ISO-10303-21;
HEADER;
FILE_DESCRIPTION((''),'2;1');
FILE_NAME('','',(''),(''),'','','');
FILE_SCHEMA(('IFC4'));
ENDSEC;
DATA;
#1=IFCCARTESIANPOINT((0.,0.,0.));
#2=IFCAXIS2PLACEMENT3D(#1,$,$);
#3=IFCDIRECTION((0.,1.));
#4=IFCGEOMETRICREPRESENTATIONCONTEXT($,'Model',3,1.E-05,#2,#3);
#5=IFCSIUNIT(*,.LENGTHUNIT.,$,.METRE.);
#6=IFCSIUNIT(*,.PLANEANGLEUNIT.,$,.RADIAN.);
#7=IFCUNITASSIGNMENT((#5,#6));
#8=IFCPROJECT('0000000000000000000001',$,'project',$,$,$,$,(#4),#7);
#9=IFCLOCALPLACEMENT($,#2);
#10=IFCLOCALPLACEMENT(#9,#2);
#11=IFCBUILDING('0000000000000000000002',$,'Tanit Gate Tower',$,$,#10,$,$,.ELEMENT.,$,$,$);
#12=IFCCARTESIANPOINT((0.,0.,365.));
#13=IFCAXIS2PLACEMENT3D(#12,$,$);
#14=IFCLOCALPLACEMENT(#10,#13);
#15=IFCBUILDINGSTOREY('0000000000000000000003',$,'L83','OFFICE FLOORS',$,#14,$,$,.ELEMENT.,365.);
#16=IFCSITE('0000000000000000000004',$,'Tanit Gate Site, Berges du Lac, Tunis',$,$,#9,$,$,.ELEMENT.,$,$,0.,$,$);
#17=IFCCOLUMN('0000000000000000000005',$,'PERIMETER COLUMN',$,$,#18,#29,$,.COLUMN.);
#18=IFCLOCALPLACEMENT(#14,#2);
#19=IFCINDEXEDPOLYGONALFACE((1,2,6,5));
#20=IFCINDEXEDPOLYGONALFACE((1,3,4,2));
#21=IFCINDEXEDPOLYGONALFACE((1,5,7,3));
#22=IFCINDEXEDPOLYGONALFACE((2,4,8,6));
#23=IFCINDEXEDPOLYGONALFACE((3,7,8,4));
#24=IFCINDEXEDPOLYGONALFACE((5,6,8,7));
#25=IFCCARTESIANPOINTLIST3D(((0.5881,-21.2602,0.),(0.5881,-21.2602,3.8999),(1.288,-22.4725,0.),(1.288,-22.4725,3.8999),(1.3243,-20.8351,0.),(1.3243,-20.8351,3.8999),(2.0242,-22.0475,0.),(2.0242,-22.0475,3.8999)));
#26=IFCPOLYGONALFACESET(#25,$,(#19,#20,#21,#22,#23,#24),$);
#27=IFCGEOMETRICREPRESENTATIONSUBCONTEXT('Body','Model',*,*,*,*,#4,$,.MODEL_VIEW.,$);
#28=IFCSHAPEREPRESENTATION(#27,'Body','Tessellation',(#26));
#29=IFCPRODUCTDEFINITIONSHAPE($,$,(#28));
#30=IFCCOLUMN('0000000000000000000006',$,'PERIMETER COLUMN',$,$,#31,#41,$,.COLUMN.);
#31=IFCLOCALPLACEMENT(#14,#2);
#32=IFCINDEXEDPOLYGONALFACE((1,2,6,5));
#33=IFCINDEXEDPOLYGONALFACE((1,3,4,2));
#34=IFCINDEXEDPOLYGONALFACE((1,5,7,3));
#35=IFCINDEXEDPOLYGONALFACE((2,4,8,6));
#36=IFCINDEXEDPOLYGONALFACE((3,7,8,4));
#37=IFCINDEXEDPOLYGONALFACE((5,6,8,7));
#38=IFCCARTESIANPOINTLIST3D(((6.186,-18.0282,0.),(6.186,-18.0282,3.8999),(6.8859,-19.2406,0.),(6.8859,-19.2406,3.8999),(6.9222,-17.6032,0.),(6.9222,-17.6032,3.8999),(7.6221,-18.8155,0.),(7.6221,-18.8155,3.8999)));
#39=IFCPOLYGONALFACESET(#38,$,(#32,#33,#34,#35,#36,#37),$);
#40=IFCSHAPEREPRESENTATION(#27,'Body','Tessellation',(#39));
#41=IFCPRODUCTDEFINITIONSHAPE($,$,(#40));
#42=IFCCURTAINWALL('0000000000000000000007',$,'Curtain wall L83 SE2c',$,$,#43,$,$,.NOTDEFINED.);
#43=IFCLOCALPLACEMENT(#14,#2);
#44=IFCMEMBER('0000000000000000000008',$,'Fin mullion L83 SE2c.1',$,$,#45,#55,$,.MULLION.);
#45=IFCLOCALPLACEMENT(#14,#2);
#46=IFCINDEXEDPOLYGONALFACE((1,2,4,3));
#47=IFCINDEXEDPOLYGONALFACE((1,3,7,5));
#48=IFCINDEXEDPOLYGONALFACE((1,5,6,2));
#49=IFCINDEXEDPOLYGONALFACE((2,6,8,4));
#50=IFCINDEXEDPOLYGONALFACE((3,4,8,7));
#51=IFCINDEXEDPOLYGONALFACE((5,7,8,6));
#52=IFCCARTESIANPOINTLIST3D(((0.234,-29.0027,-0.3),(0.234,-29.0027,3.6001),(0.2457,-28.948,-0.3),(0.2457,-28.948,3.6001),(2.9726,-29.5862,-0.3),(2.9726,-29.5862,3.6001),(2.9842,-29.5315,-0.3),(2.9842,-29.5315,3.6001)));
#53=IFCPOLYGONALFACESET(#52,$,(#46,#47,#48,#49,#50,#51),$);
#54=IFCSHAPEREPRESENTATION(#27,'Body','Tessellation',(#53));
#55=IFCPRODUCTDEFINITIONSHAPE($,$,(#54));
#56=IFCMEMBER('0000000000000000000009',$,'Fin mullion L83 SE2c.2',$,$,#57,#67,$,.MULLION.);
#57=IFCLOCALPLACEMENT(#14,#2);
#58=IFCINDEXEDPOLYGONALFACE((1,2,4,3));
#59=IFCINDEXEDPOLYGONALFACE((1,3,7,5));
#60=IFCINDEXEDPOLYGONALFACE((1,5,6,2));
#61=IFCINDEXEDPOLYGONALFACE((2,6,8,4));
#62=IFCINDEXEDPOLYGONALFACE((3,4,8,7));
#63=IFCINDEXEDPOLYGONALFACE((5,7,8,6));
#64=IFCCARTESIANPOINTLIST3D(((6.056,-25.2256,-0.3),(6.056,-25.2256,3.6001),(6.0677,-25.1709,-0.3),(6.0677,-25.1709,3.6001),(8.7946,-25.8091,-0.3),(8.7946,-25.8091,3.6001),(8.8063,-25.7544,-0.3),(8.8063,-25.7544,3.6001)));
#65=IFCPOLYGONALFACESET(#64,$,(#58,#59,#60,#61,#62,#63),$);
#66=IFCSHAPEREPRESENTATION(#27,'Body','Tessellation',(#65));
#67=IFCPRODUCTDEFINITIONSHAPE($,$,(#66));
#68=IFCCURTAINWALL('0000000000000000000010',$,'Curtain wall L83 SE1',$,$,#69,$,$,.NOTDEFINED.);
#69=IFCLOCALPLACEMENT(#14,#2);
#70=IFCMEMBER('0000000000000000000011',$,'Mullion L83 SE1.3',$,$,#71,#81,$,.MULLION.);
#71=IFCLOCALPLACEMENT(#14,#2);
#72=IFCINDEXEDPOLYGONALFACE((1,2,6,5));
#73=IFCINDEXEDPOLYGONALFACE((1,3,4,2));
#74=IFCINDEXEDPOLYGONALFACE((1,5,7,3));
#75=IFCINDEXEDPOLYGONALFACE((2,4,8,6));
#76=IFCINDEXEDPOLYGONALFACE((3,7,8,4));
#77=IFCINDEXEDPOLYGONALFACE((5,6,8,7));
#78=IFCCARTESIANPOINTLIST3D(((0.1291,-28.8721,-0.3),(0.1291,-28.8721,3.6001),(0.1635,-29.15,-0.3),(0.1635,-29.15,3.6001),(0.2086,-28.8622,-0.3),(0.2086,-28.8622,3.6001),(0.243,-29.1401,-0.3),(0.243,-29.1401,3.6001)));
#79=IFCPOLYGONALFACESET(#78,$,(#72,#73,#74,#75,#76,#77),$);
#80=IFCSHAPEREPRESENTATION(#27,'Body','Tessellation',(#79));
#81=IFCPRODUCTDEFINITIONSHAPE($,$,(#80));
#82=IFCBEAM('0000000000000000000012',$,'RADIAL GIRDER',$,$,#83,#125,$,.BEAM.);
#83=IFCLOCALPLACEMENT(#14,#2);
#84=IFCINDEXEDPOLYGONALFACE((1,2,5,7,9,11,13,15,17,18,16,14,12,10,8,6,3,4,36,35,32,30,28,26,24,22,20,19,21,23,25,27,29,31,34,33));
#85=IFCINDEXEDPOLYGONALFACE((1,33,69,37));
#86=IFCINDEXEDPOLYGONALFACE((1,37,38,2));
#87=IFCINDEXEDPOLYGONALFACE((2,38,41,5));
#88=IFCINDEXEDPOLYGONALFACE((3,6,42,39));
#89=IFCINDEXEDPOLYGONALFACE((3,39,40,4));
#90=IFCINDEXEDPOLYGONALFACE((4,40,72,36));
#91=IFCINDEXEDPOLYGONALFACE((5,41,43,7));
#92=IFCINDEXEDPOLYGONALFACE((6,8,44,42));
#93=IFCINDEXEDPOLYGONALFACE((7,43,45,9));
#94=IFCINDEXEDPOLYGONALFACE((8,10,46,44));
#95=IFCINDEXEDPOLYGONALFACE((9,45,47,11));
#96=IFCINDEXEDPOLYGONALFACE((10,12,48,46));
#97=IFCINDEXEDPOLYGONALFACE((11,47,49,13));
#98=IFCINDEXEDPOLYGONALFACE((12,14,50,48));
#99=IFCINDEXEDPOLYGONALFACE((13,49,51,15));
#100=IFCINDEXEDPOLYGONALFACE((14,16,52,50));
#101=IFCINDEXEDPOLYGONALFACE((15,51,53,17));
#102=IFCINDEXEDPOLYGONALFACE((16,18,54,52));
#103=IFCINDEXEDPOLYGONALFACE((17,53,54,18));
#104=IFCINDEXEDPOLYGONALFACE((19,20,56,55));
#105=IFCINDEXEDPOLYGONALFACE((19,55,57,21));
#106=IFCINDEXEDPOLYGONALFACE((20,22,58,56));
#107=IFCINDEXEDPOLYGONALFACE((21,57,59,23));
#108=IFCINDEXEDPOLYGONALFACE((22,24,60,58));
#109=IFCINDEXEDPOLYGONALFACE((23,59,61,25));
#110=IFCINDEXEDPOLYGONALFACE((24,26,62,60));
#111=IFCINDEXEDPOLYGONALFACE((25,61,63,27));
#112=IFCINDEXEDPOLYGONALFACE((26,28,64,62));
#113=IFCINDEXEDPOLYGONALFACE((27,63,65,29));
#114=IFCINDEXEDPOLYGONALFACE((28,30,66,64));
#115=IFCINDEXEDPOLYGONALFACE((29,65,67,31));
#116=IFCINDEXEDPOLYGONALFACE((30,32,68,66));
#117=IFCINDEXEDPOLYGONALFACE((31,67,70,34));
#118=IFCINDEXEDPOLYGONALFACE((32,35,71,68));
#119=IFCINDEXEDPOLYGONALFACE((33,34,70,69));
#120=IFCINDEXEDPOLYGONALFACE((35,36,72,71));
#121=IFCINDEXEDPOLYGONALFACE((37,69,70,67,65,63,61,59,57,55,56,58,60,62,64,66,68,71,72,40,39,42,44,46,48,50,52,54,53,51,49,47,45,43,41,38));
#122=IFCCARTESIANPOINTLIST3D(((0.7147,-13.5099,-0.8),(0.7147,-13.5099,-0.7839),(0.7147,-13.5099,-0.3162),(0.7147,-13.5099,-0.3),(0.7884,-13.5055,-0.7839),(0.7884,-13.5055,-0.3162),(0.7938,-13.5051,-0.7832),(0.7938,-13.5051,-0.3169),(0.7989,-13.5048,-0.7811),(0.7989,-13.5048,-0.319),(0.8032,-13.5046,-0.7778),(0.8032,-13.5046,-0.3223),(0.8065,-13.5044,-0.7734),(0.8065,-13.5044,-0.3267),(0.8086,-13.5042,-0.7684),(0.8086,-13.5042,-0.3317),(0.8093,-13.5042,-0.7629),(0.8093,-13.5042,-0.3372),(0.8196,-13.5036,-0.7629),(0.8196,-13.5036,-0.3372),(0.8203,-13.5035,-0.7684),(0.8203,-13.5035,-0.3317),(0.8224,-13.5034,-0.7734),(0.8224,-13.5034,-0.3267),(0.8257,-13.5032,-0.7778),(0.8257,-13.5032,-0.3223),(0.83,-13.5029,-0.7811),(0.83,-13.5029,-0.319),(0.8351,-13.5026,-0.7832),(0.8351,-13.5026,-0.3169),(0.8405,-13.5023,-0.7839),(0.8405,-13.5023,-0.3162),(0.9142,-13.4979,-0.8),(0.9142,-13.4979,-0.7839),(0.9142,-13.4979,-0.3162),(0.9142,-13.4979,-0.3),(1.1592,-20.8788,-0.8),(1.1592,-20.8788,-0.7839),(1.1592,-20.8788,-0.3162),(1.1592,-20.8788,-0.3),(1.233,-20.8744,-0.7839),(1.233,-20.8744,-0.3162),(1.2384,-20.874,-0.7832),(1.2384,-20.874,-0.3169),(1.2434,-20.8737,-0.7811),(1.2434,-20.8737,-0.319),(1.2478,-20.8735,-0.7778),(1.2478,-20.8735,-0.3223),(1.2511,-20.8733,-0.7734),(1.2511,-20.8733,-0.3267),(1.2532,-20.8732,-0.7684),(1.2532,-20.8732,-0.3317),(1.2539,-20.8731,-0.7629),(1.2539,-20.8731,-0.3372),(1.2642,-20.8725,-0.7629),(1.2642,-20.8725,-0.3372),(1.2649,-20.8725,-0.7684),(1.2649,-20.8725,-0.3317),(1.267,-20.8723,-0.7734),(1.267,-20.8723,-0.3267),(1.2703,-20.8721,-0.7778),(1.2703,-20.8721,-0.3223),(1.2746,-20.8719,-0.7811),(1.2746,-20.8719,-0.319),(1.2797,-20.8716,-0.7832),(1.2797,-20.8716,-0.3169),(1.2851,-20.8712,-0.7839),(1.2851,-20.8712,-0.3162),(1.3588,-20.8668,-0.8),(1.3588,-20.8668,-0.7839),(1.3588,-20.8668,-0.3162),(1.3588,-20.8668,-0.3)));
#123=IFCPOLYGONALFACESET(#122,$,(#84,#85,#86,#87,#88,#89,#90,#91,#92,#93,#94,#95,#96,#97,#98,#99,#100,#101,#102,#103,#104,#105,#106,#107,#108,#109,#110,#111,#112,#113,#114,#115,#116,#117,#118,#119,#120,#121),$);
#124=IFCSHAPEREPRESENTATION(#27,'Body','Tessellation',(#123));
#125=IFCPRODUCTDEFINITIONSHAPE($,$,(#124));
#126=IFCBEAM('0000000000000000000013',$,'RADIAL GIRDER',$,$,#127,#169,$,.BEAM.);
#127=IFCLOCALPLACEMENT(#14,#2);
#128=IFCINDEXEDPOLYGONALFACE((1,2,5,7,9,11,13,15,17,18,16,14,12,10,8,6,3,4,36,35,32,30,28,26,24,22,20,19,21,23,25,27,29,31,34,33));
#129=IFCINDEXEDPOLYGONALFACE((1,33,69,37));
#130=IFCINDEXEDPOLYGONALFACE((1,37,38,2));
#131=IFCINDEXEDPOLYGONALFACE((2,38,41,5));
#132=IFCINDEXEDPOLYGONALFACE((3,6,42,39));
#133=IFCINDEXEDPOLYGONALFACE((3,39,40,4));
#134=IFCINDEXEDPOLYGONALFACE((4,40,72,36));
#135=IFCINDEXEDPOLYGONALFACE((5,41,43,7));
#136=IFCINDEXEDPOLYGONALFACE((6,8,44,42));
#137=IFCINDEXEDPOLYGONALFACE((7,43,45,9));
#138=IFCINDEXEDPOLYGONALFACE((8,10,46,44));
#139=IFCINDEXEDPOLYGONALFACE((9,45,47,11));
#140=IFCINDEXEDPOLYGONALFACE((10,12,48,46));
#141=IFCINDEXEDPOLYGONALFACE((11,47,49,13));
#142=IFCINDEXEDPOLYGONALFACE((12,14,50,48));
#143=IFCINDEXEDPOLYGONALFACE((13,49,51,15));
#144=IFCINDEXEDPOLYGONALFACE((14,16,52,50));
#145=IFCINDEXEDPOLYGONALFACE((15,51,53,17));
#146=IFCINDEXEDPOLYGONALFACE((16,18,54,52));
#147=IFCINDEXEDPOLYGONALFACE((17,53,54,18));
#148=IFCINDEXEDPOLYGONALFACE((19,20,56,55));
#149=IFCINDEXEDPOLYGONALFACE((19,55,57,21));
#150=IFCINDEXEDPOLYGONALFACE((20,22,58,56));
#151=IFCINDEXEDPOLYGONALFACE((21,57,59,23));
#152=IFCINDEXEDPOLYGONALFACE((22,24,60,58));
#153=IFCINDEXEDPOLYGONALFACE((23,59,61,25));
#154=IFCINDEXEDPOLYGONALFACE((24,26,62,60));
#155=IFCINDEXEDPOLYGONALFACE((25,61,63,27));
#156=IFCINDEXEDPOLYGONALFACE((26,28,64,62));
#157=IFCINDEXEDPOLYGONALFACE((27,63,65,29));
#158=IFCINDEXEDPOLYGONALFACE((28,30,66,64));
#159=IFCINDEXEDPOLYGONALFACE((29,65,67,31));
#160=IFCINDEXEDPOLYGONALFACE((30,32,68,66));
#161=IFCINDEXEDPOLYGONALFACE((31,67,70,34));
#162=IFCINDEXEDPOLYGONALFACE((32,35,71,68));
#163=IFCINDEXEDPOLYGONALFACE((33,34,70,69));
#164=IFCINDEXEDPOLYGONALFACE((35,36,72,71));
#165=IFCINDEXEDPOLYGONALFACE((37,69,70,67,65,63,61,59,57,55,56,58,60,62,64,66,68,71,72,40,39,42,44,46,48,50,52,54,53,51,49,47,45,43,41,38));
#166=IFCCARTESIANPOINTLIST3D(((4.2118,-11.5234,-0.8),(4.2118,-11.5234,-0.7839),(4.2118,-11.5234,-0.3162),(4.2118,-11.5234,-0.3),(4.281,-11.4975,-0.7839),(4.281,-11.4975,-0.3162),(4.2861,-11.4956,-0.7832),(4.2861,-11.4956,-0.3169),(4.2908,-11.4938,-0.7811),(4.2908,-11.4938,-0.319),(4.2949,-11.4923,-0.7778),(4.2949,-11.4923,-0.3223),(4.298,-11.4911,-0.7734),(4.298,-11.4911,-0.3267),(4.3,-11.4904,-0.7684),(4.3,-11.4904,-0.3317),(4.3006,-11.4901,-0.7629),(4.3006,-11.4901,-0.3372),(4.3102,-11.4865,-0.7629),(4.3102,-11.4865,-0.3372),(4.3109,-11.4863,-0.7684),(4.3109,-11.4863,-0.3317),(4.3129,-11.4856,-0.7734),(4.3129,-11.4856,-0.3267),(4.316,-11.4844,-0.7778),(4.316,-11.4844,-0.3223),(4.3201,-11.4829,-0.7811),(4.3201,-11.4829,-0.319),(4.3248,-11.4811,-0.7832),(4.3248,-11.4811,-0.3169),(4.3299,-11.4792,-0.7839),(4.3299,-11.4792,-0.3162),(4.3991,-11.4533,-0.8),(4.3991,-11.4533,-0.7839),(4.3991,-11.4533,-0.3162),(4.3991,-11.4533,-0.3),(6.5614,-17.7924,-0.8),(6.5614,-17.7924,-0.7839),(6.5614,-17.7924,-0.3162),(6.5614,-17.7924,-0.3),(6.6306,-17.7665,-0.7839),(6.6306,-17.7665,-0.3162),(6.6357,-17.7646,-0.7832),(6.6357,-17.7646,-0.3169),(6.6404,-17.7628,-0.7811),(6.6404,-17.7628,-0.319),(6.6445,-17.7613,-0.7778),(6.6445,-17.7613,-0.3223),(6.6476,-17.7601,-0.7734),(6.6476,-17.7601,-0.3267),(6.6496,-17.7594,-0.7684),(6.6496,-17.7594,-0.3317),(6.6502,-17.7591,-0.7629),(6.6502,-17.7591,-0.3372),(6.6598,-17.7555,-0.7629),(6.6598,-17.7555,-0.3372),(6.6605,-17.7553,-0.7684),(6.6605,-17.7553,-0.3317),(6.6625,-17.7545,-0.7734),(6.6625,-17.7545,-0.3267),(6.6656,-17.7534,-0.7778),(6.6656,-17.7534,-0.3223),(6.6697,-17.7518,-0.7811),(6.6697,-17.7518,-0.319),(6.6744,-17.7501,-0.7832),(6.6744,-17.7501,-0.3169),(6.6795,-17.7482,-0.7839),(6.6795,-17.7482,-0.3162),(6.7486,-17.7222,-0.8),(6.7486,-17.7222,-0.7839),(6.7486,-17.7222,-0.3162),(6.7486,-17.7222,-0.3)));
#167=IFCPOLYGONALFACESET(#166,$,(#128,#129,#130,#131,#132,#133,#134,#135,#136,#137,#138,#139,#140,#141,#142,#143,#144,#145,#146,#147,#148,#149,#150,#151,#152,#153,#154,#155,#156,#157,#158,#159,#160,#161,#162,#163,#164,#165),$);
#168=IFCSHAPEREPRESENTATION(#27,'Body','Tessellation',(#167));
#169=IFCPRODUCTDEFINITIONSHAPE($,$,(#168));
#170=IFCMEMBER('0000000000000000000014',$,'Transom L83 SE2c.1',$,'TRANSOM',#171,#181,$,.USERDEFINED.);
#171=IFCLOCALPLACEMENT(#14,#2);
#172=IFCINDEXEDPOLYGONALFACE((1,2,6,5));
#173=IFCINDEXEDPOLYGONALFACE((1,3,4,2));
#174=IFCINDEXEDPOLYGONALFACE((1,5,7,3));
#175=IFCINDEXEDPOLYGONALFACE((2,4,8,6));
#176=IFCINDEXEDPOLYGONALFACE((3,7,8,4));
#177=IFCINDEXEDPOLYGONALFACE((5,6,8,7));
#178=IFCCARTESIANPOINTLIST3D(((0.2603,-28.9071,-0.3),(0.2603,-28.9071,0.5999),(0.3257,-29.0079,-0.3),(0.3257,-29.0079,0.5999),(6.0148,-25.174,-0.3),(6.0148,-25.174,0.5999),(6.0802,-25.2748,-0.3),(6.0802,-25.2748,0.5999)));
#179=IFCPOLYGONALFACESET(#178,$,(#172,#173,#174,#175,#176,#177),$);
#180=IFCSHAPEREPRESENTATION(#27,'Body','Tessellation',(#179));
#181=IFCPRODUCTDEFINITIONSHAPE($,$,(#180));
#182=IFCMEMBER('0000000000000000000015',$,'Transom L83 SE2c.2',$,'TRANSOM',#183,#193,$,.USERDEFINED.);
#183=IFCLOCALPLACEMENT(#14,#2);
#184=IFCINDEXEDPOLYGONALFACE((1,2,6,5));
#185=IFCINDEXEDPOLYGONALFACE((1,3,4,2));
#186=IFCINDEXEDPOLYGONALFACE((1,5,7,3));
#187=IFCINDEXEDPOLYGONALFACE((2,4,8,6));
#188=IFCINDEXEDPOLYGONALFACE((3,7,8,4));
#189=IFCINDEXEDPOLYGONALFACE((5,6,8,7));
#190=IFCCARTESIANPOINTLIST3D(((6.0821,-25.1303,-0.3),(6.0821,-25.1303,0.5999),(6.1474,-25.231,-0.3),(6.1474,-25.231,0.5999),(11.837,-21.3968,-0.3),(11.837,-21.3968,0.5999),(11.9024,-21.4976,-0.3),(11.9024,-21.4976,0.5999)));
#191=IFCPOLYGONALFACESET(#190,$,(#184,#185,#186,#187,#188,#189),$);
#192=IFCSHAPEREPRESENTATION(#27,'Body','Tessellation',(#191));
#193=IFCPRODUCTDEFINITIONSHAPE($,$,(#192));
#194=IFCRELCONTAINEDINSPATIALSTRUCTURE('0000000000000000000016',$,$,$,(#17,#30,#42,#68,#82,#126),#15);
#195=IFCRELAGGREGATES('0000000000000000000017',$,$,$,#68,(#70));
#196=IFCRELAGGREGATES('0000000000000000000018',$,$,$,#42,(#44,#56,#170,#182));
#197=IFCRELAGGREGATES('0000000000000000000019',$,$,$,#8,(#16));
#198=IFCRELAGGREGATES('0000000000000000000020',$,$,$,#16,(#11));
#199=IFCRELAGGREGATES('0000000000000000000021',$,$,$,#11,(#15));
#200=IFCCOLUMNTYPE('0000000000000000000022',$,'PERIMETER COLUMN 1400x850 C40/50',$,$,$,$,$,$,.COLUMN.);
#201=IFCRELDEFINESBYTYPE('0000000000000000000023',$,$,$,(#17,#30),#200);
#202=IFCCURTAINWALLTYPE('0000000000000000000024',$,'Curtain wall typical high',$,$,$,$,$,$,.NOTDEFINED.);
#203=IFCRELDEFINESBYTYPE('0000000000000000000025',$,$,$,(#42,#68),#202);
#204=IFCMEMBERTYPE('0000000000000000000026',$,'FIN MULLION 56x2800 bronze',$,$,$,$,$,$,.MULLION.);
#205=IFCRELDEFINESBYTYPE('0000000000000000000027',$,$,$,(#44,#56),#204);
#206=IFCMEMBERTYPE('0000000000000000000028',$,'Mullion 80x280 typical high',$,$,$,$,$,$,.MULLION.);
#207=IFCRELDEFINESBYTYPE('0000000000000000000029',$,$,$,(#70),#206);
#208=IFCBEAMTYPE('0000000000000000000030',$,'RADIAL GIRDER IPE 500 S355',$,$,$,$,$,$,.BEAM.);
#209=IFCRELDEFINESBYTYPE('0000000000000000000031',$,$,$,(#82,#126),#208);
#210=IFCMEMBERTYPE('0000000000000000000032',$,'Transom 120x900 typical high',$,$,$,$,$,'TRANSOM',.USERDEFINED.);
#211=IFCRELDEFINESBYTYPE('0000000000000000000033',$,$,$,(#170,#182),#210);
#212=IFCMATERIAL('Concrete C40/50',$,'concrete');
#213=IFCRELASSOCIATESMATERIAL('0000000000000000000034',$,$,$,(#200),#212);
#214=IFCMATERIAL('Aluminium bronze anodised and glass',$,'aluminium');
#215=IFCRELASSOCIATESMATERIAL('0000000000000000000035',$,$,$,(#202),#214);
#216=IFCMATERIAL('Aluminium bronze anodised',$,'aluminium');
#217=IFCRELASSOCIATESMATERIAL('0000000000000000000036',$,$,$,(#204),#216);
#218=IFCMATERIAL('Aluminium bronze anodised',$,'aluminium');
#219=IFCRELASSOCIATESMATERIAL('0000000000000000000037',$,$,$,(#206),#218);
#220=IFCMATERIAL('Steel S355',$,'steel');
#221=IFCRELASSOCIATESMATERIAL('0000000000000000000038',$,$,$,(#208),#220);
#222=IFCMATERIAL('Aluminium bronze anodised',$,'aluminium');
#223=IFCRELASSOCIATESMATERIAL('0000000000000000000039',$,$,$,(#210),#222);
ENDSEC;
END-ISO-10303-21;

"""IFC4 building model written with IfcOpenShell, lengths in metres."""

from ifc_helpers import new_model, si_unit, direction, frame, origin, origin_2d, place, context, subcontext, project, spatial, rectangle, i_section, extrude, material, material_profile, profile_set, type_object, element, aggregate, save


model = new_model("IFC4")

# Units and contexts
model_context = context("Model", 3, precision=1e-05, world=origin(), true_north=direction((0.0, 1.0)))
body_context = subcontext(model_context, "Body", "Model", "MODEL_VIEW")
ifc_project = project(units=[si_unit("LENGTHUNIT", "METRE"), si_unit("PLANEANGLEUNIT", "RADIAN")], contexts=[model_context])

# Site, building, storey
site_placement = place(None, origin())
site = spatial("IfcSite", under=ifc_project, at=site_placement, Name="Tanit Gate Site, Berges du Lac, Tunis", CompositionType="ELEMENT", RefElevation=0.0)
building_placement = place(site_placement, origin())
building = spatial("IfcBuilding", under=site, at=building_placement, Name="Tanit Gate Tower", CompositionType="ELEMENT")
storey_placement = place(building_placement, frame((0.0, 0.0, 365.0)))
storey = spatial("IfcBuildingStorey", under=building, at=storey_placement, Name="L83", Description="OFFICE FLOORS", CompositionType="ELEMENT", Elevation=365.0)

# Columns
ifc_material_1 = material(Name="Concrete C40/50", Category="concrete")
ifc_material_profile_1 = material_profile(ifc_material_1, rectangle(XDim=1.3999, YDim=0.8501, at=origin_2d()), Name="RC 1400x850")
ifc_profile_set_1 = profile_set([ifc_material_profile_1], Name="Concrete C40/50")
column_type = type_object("IfcColumnType", Name="PERIMETER COLUMN 1400x850 C40/50", PredefinedType="COLUMN", material=ifc_profile_set_1)
for number, where, z_axis, x_axis, name in (
    (1, (1.3062, -21.6538, 0.0), (0.0, 0.0, 1.0), (0.5, -0.866025, 0.0), "PERIMETER COLUMN"),
    (2, (6.9041, -18.4219, 0.0), (0.0, 0.0, 1.0), (0.5, -0.866025, 0.0), "PERIMETER COLUMN"),
):
    element("IfcColumn", number, at=place(storey_placement, frame(where, z_axis=z_axis, x_axis=x_axis)), inside=storey, type_object=column_type, Name=name, PredefinedType="COLUMN", context=body_context, shape_type="SweptSolid", body=[
        extrude(rectangle(XDim=1.3999, YDim=0.8501, at=origin_2d()), origin(), (0.0, 0.0, 1.0), 3.8999),
    ])

# Curtain wall, members
ifc_material_2 = material(Name="Aluminium bronze anodised and glass", Category="aluminium")
curtain_wall_type = type_object("IfcCurtainWallType", Name="Curtain wall typical high", PredefinedType="NOTDEFINED", material=ifc_material_2)
curtain_wall_1_placement = place(storey_placement, origin())
curtain_wall_1 = element("IfcCurtainWall", 3, at=curtain_wall_1_placement, inside=storey, type_object=curtain_wall_type, Name="Curtain wall L83 SE2c", PredefinedType="NOTDEFINED")
ifc_material_3 = material(Name="Aluminium bronze anodised", Category="aluminium")
ifc_material_profile_2 = material_profile(ifc_material_3, rectangle(XDim=2.8, YDim=0.0559, at=origin_2d()), Name="56x2800 bronze fin mullion")
ifc_profile_set_2 = profile_set([ifc_material_profile_2], Name="Aluminium bronze anodised")
member_type_1 = type_object("IfcMemberType", Name="FIN MULLION 56x2800 bronze", PredefinedType="MULLION", material=ifc_profile_set_2)
member_1_placement = place(storey_placement, frame((1.6091, -29.2671, -0.3), z_axis=(0.0, 0.0, 1.0), x_axis=(-0.978049, 0.208373, 0.0)))
member_1 = element("IfcMember", 4, at=member_1_placement, type_object=member_type_1, Name="Fin mullion L83 SE2c.1", PredefinedType="MULLION", context=body_context, shape_type="SweptSolid", body=[
    extrude(rectangle(XDim=2.8, YDim=0.0559, at=origin_2d()), origin(), (0.0, 0.0, 1.0), 3.9001),
])
member_2_placement = place(storey_placement, frame((7.4312, -25.49, -0.3), z_axis=(0.0, 0.0, 1.0), x_axis=(-0.978049, 0.208373, 0.0)))
member_2 = element("IfcMember", 5, at=member_2_placement, type_object=member_type_1, Name="Fin mullion L83 SE2c.2", PredefinedType="MULLION", context=body_context, shape_type="SweptSolid", body=[
    extrude(rectangle(XDim=2.8, YDim=0.0559, at=origin_2d()), origin(), (0.0, 0.0, 1.0), 3.9001),
])

# Curtain wall, member
curtain_wall_2_placement = place(storey_placement, origin())
curtain_wall_2 = element("IfcCurtainWall", 6, at=curtain_wall_2_placement, inside=storey, type_object=curtain_wall_type, Name="Curtain wall L83 SE1", PredefinedType="NOTDEFINED")
ifc_material_4 = material(Name="Aluminium bronze anodised", Category="aluminium")
ifc_material_profile_3 = material_profile(ifc_material_4, rectangle(XDim=0.28, YDim=0.0801, at=origin_2d()), Name="80x280 bronze mullion")
ifc_profile_set_3 = profile_set([ifc_material_profile_3], Name="Aluminium bronze anodised")
member_type_2 = type_object("IfcMemberType", Name="Mullion 80x280 typical high", PredefinedType="MULLION", material=ifc_profile_set_3)
member_3_placement = place(storey_placement, frame((0.186, -29.0061, -0.3), z_axis=(0.0, 0.0, 1.0), x_axis=(-0.122759, 0.992436, 0.0)))
member_3 = element("IfcMember", 7, at=member_3_placement, type_object=member_type_2, Name="Mullion L83 SE1.3", PredefinedType="MULLION", context=body_context, shape_type="SweptSolid", body=[
    extrude(rectangle(XDim=0.28, YDim=0.0801, at=origin_2d()), origin(), (0.0, 0.0, 1.0), 3.9001),
])
aggregate(curtain_wall_2, [member_3])

# Beams
ifc_material_5 = material(Name="Steel S355", Category="steel")
ifc_material_profile_4 = material_profile(ifc_material_5, i_section(OverallWidth=0.2, OverallDepth=0.5, WebThickness=0.0103, FlangeThickness=0.0161, FilletRadius=0.021, at=origin_2d()), Name="IPE 500")
ifc_profile_set_4 = profile_set([ifc_material_profile_4], Name="Steel S355")
beam_type = type_object("IfcBeamType", Name="RADIAL GIRDER IPE 500 S355", PredefinedType="BEAM", material=ifc_profile_set_4)
beam_1_placement = place(storey_placement, frame((1.259, -20.8728, -0.55), z_axis=(-0.060222, 0.998185, 0.0), x_axis=(-0.998185, -0.060222, 0.0)))
element("IfcBeam", 8, at=beam_1_placement, inside=storey, type_object=beam_type, Name="RADIAL GIRDER", PredefinedType="BEAM", context=body_context, shape_type="SweptSolid", body=[
    extrude(i_section(OverallWidth=0.2, OverallDepth=0.5, WebThickness=0.0103, FlangeThickness=0.0161, FilletRadius=0.021, at=origin_2d()), origin(), (0.0, 0.0, 1.0), 7.3823),
])
beam_2_placement = place(storey_placement, frame((6.655, -17.7573, -0.55), z_axis=(-0.350956, 0.936392, 0.0), x_axis=(-0.936392, -0.350956, 0.0)))
element("IfcBeam", 9, at=beam_2_placement, inside=storey, type_object=beam_type, Name="RADIAL GIRDER", PredefinedType="BEAM", context=body_context, shape_type="SweptSolid", body=[
    extrude(i_section(OverallWidth=0.2, OverallDepth=0.5, WebThickness=0.0103, FlangeThickness=0.0161, FilletRadius=0.021, at=origin_2d()), origin(), (0.0, 0.0, 1.0), 6.6948),
])

# Members
ifc_material_6 = material(Name="Aluminium bronze anodised", Category="aluminium")
ifc_material_profile_5 = material_profile(ifc_material_6, rectangle(XDim=0.1201, YDim=0.8999, at=origin_2d()), Name="120x900 bronze transom")
ifc_profile_set_5 = profile_set([ifc_material_profile_5], Name="Aluminium bronze anodised")
member_type_3 = type_object("IfcMemberType", Name="Transom 120x900 typical high", ElementType="TRANSOM", PredefinedType="USERDEFINED", material=ifc_profile_set_5)
member_4_placement = place(storey_placement, frame((0.293, -28.9575, 0.1499), z_axis=(0.838934, 0.544234, 0.0), x_axis=(-0.544234, 0.838934, 0.0)))
member_4 = element("IfcMember", 10, at=member_4_placement, type_object=member_type_3, Name="Transom L83 SE2c.1", ObjectType="TRANSOM", PredefinedType="USERDEFINED", context=body_context, shape_type="SweptSolid", body=[
    extrude(rectangle(XDim=0.1201, YDim=0.8999, at=origin_2d()), origin(), (0.0, 0.0, 1.0), 6.8594),
])
member_5_placement = place(storey_placement, frame((6.1147, -25.1807, 0.1499), z_axis=(0.838928, 0.544243, 0.0), x_axis=(-0.544243, 0.838928, 0.0)))
member_5 = element("IfcMember", 11, at=member_5_placement, type_object=member_type_3, Name="Transom L83 SE2c.2", ObjectType="TRANSOM", PredefinedType="USERDEFINED", context=body_context, shape_type="SweptSolid", body=[
    extrude(rectangle(XDim=0.1201, YDim=0.8999, at=origin_2d()), origin(), (0.0, 0.0, 1.0), 6.8599),
])

aggregate(curtain_wall_1, [member_1, member_2, member_4, member_5])

save(model, "model.ifc")
